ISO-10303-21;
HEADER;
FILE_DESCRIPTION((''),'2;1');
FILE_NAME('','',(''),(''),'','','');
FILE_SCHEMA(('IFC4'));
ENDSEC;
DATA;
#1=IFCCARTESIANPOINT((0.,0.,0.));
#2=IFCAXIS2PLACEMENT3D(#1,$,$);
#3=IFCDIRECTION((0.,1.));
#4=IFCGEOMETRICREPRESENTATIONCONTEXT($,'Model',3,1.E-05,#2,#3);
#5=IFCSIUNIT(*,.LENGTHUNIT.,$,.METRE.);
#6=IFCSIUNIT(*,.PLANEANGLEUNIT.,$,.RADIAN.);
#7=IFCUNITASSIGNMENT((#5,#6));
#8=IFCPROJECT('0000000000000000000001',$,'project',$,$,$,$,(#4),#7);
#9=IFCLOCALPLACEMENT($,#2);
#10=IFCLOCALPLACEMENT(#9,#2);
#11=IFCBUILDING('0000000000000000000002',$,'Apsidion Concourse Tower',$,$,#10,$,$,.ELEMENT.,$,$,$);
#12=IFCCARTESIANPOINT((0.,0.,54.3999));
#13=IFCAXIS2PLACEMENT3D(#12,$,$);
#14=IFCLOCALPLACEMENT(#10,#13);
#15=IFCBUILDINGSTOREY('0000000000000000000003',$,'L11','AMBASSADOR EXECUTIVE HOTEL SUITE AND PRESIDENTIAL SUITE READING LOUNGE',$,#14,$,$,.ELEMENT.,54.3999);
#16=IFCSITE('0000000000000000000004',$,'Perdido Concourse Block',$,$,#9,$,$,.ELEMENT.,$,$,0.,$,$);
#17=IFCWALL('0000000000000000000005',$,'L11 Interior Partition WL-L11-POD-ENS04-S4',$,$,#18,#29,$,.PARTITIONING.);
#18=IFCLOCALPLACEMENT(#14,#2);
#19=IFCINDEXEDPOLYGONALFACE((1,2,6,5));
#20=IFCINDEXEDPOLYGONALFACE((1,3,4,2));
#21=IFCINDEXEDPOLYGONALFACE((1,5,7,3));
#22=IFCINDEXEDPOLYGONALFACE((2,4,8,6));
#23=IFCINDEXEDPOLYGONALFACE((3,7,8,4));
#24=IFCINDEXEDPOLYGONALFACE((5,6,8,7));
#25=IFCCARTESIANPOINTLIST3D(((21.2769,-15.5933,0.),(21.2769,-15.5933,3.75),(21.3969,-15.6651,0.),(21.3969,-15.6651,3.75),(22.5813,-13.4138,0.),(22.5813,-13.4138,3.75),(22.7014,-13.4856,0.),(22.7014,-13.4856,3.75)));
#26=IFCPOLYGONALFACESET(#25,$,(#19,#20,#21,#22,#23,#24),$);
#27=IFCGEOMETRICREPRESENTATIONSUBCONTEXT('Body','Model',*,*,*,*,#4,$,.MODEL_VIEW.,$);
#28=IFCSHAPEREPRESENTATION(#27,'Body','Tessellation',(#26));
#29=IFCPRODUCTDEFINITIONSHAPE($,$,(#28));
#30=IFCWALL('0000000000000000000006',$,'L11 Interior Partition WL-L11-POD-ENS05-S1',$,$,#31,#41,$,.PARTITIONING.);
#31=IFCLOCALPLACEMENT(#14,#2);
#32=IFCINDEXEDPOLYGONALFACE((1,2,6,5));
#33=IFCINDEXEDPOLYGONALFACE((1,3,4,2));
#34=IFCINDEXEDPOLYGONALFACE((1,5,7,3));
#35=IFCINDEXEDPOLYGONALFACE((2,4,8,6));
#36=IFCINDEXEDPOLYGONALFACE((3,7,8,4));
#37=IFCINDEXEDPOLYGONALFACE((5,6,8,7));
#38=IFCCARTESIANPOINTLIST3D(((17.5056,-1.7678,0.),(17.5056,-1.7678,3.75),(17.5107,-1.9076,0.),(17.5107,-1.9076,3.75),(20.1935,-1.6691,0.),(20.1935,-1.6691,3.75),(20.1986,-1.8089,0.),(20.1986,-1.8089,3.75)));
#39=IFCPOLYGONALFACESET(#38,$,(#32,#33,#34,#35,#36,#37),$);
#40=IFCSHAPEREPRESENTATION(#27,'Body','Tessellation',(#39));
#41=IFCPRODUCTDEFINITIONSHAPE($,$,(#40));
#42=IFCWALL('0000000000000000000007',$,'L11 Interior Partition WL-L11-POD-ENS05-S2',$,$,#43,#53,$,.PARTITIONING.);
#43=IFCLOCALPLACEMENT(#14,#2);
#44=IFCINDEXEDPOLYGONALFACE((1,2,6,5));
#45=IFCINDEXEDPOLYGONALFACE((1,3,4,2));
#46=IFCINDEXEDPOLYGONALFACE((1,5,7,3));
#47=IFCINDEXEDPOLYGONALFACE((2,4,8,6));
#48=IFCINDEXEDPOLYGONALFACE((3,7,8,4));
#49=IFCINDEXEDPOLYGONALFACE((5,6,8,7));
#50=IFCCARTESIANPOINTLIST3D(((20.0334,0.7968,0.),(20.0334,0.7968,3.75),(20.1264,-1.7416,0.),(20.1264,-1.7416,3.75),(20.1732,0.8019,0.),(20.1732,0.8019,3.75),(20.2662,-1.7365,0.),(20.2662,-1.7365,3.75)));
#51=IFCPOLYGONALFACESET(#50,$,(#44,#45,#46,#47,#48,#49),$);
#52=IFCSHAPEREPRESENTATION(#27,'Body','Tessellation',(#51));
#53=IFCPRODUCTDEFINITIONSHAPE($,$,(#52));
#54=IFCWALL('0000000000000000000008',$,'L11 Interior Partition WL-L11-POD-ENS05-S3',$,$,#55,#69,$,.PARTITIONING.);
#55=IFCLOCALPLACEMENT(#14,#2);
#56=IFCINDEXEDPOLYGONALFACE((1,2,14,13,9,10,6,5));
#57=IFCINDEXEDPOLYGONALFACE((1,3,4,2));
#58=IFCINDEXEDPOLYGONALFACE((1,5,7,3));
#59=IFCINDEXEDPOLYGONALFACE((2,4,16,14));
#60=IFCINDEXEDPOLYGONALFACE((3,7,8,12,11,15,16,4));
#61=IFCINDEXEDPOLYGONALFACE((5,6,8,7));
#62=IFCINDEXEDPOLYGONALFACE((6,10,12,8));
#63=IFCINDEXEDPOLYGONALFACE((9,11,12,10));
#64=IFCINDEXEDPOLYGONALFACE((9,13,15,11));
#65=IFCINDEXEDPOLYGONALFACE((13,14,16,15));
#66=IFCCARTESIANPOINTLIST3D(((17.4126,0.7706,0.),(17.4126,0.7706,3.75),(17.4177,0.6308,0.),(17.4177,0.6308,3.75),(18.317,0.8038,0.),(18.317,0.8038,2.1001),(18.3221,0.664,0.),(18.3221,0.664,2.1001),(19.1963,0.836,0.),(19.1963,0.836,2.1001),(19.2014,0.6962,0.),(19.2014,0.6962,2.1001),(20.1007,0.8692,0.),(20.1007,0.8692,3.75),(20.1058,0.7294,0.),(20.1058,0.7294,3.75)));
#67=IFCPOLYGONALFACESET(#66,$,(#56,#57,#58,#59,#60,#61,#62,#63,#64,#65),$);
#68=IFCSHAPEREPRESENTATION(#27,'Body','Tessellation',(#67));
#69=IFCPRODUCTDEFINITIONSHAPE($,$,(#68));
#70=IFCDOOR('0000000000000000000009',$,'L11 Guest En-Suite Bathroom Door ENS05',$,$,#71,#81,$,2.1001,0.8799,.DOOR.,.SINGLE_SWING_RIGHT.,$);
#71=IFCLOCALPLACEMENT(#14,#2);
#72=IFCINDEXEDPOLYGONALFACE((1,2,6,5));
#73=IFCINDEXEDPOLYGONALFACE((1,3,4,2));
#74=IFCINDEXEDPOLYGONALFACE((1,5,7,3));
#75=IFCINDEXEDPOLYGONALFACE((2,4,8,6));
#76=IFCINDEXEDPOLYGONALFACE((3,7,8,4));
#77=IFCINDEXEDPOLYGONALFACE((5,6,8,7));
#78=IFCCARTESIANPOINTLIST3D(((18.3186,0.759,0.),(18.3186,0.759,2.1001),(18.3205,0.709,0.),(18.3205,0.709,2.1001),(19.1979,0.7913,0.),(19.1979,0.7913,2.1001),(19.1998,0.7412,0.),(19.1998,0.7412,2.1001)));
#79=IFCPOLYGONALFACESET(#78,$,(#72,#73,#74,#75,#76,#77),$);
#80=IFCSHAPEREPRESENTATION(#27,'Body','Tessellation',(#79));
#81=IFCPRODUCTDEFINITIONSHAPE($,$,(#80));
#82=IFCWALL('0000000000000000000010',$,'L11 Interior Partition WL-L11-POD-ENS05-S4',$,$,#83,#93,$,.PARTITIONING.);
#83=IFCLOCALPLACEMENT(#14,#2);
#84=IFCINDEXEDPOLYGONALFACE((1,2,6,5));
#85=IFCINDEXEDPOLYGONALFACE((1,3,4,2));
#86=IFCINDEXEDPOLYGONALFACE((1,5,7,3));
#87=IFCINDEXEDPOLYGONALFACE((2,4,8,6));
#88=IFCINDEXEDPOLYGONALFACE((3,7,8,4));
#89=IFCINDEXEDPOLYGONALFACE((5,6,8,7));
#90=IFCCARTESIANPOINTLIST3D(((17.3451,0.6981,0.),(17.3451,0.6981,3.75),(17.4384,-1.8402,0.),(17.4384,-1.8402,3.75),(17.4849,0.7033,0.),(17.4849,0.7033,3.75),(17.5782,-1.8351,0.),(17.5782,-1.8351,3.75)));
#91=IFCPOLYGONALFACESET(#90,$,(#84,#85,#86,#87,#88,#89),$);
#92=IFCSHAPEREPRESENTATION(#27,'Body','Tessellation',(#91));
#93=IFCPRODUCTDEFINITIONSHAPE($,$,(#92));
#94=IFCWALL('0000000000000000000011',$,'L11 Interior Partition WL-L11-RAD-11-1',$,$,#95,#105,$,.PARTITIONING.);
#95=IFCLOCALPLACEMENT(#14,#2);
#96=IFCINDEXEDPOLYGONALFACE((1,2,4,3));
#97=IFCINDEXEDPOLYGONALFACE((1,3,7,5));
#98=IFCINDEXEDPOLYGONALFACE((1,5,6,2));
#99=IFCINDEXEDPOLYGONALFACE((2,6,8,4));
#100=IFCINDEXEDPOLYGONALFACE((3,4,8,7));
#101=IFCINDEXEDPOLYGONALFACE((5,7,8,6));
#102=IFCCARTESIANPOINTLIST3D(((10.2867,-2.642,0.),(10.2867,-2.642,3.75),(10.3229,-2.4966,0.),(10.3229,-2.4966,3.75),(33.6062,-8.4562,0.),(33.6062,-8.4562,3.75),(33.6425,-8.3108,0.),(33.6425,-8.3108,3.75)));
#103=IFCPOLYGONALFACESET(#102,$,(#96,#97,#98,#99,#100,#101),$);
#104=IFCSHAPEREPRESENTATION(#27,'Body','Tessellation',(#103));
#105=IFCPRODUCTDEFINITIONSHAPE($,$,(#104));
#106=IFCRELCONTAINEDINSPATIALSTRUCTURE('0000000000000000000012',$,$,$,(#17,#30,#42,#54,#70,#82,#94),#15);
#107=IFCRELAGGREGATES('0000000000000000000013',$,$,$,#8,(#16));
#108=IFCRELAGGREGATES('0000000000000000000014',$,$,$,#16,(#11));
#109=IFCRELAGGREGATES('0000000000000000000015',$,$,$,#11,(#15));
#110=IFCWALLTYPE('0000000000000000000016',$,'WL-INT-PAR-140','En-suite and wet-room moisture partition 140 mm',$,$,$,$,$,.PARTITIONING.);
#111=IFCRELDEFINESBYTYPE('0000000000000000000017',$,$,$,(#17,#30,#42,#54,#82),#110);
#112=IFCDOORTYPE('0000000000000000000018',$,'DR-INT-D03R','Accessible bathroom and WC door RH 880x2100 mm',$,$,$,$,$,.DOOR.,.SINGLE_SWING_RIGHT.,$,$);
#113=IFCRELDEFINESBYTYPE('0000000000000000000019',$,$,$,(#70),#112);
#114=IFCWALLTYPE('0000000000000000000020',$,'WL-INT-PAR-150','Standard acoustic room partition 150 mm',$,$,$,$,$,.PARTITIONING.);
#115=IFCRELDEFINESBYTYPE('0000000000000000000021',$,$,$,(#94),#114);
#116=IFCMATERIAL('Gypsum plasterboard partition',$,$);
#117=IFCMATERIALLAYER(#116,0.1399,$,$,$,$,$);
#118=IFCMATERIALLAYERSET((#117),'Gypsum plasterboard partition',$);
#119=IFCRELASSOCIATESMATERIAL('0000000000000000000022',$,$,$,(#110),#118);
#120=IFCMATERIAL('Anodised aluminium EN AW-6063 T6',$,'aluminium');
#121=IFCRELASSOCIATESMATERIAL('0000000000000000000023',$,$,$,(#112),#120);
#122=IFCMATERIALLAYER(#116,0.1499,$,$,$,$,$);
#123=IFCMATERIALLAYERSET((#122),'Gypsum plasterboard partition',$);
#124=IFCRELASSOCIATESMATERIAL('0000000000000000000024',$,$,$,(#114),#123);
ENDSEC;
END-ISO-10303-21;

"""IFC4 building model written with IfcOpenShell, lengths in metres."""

from ifc_helpers import new_model, si_unit, direction, frame, frame_2d, origin, place, context, subcontext, project, spatial, rectangle, extrude, material, layer, layer_set, type_object, element, fill, save


model = new_model("IFC4")

# Units and contexts
model_context = context("Model", 3, precision=1e-05, world=origin(), true_north=direction((0.0, 1.0)))
body_context = subcontext(model_context, "Body", "Model", "MODEL_VIEW")
ifc_project = project(units=[si_unit("LENGTHUNIT", "METRE"), si_unit("PLANEANGLEUNIT", "RADIAN")], contexts=[model_context])

# Site, building, storey
site_placement = place(None, origin())
site = spatial("IfcSite", under=ifc_project, at=site_placement, Name="Perdido Concourse Block", CompositionType="ELEMENT", RefElevation=0.0)
building_placement = place(site_placement, origin())
building = spatial("IfcBuilding", under=site, at=building_placement, Name="Apsidion Concourse Tower", CompositionType="ELEMENT")
storey_placement = place(building_placement, frame((0.0, 0.0, 54.3999)))
storey = spatial("IfcBuildingStorey", under=building, at=storey_placement, Name="L11", Description="AMBASSADOR EXECUTIVE HOTEL SUITE AND PRESIDENTIAL SUITE READING LOUNGE", CompositionType="ELEMENT", Elevation=54.3999)

# Shared definitions
ifc_material_1 = material(Name="Gypsum plasterboard partition")
ifc_layer_1 = layer(ifc_material_1, 0.1399)
ifc_layer_set_1 = layer_set([ifc_layer_1], Name="Gypsum plasterboard partition")
wall_type_1 = type_object("IfcWallType", Name="WL-INT-PAR-140", Description="En-suite and wet-room moisture partition 140 mm", PredefinedType="PARTITIONING", material=ifc_layer_set_1)

# Shared definitions
ifc_material_2 = material(Name="Anodised aluminium EN AW-6063 T6", Category="aluminium")

# Walls
wall_1_placement = place(storey_placement, frame((22.6414, -13.4497, 0.0), z_axis=(0.0, 0.0, 1.0), x_axis=(-0.513563, -0.858052, 0.0)))
element("IfcWall", 1, at=wall_1_placement, inside=storey, type_object=wall_type_1, Name="L11 Interior Partition WL-L11-POD-ENS04-S4", PredefinedType="PARTITIONING", context=body_context, shape_type="SweptSolid", body=[
    extrude(rectangle(XDim=2.54, YDim=0.1399, at=frame_2d((1.27, 0.0))), origin(), (0.0, 0.0, 1.0), 3.75),
])
wall_2_placement = place(storey_placement, frame((17.5083, -1.8376, 0.0), z_axis=(0.0, 0.0, 1.0), x_axis=(0.999327, 0.036669, 0.0)))
element("IfcWall", 2, at=wall_2_placement, inside=storey, type_object=wall_type_1, Name="L11 Interior Partition WL-L11-POD-ENS05-S1", PredefinedType="PARTITIONING", context=body_context, shape_type="SweptSolid", body=[
    extrude(rectangle(XDim=2.6897, YDim=0.1399, at=frame_2d((1.3447, 0.0))), origin(), (0.0, 0.0, 1.0), 3.75),
])
wall_3_placement = place(storey_placement, frame((20.1963, -1.739, 0.0), z_axis=(0.0, 0.0, 1.0), x_axis=(-0.036621, 0.999329, 0.0)))
element("IfcWall", 3, at=wall_3_placement, inside=storey, type_object=wall_type_1, Name="L11 Interior Partition WL-L11-POD-ENS05-S2", PredefinedType="PARTITIONING", context=body_context, shape_type="SweptSolid", body=[
    extrude(rectangle(XDim=2.54, YDim=0.1399, at=frame_2d((1.27, 0.0))), origin(), (0.0, 0.0, 1.0), 3.75),
])

# Wall, opening, door
wall_4_placement = place(storey_placement, frame((20.1033, 0.7993, 0.0), z_axis=(0.0, 0.0, 1.0), x_axis=(-0.999328, -0.036666, 0.0)))
wall_4 = element("IfcWall", 4, at=wall_4_placement, inside=storey, type_object=wall_type_1, Name="L11 Interior Partition WL-L11-POD-ENS05-S3", PredefinedType="PARTITIONING", context=body_context, shape_type="SweptSolid", body=[
    extrude(rectangle(XDim=2.6899, YDim=0.1399, at=frame_2d((1.345, 0.0))), origin(), (0.0, 0.0, 1.0), 3.75),
])
opening_1_placement = place(wall_4_placement, frame((0.905, 0.0, 0.0)))
opening_1 = element("IfcOpeningElement", 5, at=opening_1_placement, cuts=wall_4, PredefinedType="OPENING", context=body_context, shape_type="SweptSolid", body=[
    extrude(rectangle(XDim=0.8799, YDim=2.1001, at=frame_2d((0.4399, 1.05))), frame((0.0, 0.0801, 0.0), z_axis=(0.0, -1.0, 0.0), x_axis=(1.0, 0.0, 0.0)), (0.0, 0.0, 1.0), 0.1599),
])
door_type_1 = type_object("IfcDoorType", Name="DR-INT-D03R", Description="Accessible bathroom and WC door RH 880x2100 mm", OperationType="SINGLE_SWING_RIGHT", PredefinedType="DOOR", material=ifc_material_2)
door_1_placement = place(opening_1_placement, origin())
door_1 = element("IfcDoor", 6, at=door_1_placement, inside=storey, type_object=door_type_1, Name="L11 Guest En-Suite Bathroom Door ENS05", OperationType="SINGLE_SWING_RIGHT", OverallHeight=2.1001, OverallWidth=0.8799, PredefinedType="DOOR", context=body_context, shape_type="SweptSolid", body=[
    extrude(rectangle(XDim=0.8799, YDim=2.1001, at=frame_2d((0.4399, 1.05))), frame((0.0, 0.0249, 0.0), z_axis=(0.0, -1.0, 0.0), x_axis=(1.0, 0.0, 0.0)), (0.0, 0.0, 1.0), 0.05),
])
fill(opening_1, door_1)

# Walls
wall_5_placement = place(storey_placement, frame((17.415, 0.7007, 0.0), z_axis=(0.0, 0.0, 1.0), x_axis=(0.036717, -0.999326, 0.0)))
element("IfcWall", 7, at=wall_5_placement, inside=storey, type_object=wall_type_1, Name="L11 Interior Partition WL-L11-POD-ENS05-S4", PredefinedType="PARTITIONING", context=body_context, shape_type="SweptSolid", body=[
    extrude(rectangle(XDim=2.54, YDim=0.1399, at=frame_2d((1.27, 0.0))), origin(), (0.0, 0.0, 1.0), 3.75),
])
ifc_layer_2 = layer(ifc_material_1, 0.1499)
ifc_layer_set_2 = layer_set([ifc_layer_2], Name="Gypsum plasterboard partition")
wall_type_2 = type_object("IfcWallType", Name="WL-INT-PAR-150", Description="Standard acoustic room partition 150 mm", PredefinedType="PARTITIONING", material=ifc_layer_set_2)
wall_6_placement = place(storey_placement, frame((10.3049, -2.5693, 0.0), z_axis=(0.0, 0.0, 1.0), x_axis=(0.970296, -0.241921, 0.0)))
element("IfcWall", 8, at=wall_6_placement, inside=storey, type_object=wall_type_2, Name="L11 Interior Partition WL-L11-RAD-11-1", PredefinedType="PARTITIONING", context=body_context, shape_type="SweptSolid", body=[
    extrude(rectangle(XDim=24.0334, YDim=0.1499, at=frame_2d((12.0166, 0.0))), origin(), (0.0, 0.0, 1.0), 3.75),
])

save(model, "model.ifc")
